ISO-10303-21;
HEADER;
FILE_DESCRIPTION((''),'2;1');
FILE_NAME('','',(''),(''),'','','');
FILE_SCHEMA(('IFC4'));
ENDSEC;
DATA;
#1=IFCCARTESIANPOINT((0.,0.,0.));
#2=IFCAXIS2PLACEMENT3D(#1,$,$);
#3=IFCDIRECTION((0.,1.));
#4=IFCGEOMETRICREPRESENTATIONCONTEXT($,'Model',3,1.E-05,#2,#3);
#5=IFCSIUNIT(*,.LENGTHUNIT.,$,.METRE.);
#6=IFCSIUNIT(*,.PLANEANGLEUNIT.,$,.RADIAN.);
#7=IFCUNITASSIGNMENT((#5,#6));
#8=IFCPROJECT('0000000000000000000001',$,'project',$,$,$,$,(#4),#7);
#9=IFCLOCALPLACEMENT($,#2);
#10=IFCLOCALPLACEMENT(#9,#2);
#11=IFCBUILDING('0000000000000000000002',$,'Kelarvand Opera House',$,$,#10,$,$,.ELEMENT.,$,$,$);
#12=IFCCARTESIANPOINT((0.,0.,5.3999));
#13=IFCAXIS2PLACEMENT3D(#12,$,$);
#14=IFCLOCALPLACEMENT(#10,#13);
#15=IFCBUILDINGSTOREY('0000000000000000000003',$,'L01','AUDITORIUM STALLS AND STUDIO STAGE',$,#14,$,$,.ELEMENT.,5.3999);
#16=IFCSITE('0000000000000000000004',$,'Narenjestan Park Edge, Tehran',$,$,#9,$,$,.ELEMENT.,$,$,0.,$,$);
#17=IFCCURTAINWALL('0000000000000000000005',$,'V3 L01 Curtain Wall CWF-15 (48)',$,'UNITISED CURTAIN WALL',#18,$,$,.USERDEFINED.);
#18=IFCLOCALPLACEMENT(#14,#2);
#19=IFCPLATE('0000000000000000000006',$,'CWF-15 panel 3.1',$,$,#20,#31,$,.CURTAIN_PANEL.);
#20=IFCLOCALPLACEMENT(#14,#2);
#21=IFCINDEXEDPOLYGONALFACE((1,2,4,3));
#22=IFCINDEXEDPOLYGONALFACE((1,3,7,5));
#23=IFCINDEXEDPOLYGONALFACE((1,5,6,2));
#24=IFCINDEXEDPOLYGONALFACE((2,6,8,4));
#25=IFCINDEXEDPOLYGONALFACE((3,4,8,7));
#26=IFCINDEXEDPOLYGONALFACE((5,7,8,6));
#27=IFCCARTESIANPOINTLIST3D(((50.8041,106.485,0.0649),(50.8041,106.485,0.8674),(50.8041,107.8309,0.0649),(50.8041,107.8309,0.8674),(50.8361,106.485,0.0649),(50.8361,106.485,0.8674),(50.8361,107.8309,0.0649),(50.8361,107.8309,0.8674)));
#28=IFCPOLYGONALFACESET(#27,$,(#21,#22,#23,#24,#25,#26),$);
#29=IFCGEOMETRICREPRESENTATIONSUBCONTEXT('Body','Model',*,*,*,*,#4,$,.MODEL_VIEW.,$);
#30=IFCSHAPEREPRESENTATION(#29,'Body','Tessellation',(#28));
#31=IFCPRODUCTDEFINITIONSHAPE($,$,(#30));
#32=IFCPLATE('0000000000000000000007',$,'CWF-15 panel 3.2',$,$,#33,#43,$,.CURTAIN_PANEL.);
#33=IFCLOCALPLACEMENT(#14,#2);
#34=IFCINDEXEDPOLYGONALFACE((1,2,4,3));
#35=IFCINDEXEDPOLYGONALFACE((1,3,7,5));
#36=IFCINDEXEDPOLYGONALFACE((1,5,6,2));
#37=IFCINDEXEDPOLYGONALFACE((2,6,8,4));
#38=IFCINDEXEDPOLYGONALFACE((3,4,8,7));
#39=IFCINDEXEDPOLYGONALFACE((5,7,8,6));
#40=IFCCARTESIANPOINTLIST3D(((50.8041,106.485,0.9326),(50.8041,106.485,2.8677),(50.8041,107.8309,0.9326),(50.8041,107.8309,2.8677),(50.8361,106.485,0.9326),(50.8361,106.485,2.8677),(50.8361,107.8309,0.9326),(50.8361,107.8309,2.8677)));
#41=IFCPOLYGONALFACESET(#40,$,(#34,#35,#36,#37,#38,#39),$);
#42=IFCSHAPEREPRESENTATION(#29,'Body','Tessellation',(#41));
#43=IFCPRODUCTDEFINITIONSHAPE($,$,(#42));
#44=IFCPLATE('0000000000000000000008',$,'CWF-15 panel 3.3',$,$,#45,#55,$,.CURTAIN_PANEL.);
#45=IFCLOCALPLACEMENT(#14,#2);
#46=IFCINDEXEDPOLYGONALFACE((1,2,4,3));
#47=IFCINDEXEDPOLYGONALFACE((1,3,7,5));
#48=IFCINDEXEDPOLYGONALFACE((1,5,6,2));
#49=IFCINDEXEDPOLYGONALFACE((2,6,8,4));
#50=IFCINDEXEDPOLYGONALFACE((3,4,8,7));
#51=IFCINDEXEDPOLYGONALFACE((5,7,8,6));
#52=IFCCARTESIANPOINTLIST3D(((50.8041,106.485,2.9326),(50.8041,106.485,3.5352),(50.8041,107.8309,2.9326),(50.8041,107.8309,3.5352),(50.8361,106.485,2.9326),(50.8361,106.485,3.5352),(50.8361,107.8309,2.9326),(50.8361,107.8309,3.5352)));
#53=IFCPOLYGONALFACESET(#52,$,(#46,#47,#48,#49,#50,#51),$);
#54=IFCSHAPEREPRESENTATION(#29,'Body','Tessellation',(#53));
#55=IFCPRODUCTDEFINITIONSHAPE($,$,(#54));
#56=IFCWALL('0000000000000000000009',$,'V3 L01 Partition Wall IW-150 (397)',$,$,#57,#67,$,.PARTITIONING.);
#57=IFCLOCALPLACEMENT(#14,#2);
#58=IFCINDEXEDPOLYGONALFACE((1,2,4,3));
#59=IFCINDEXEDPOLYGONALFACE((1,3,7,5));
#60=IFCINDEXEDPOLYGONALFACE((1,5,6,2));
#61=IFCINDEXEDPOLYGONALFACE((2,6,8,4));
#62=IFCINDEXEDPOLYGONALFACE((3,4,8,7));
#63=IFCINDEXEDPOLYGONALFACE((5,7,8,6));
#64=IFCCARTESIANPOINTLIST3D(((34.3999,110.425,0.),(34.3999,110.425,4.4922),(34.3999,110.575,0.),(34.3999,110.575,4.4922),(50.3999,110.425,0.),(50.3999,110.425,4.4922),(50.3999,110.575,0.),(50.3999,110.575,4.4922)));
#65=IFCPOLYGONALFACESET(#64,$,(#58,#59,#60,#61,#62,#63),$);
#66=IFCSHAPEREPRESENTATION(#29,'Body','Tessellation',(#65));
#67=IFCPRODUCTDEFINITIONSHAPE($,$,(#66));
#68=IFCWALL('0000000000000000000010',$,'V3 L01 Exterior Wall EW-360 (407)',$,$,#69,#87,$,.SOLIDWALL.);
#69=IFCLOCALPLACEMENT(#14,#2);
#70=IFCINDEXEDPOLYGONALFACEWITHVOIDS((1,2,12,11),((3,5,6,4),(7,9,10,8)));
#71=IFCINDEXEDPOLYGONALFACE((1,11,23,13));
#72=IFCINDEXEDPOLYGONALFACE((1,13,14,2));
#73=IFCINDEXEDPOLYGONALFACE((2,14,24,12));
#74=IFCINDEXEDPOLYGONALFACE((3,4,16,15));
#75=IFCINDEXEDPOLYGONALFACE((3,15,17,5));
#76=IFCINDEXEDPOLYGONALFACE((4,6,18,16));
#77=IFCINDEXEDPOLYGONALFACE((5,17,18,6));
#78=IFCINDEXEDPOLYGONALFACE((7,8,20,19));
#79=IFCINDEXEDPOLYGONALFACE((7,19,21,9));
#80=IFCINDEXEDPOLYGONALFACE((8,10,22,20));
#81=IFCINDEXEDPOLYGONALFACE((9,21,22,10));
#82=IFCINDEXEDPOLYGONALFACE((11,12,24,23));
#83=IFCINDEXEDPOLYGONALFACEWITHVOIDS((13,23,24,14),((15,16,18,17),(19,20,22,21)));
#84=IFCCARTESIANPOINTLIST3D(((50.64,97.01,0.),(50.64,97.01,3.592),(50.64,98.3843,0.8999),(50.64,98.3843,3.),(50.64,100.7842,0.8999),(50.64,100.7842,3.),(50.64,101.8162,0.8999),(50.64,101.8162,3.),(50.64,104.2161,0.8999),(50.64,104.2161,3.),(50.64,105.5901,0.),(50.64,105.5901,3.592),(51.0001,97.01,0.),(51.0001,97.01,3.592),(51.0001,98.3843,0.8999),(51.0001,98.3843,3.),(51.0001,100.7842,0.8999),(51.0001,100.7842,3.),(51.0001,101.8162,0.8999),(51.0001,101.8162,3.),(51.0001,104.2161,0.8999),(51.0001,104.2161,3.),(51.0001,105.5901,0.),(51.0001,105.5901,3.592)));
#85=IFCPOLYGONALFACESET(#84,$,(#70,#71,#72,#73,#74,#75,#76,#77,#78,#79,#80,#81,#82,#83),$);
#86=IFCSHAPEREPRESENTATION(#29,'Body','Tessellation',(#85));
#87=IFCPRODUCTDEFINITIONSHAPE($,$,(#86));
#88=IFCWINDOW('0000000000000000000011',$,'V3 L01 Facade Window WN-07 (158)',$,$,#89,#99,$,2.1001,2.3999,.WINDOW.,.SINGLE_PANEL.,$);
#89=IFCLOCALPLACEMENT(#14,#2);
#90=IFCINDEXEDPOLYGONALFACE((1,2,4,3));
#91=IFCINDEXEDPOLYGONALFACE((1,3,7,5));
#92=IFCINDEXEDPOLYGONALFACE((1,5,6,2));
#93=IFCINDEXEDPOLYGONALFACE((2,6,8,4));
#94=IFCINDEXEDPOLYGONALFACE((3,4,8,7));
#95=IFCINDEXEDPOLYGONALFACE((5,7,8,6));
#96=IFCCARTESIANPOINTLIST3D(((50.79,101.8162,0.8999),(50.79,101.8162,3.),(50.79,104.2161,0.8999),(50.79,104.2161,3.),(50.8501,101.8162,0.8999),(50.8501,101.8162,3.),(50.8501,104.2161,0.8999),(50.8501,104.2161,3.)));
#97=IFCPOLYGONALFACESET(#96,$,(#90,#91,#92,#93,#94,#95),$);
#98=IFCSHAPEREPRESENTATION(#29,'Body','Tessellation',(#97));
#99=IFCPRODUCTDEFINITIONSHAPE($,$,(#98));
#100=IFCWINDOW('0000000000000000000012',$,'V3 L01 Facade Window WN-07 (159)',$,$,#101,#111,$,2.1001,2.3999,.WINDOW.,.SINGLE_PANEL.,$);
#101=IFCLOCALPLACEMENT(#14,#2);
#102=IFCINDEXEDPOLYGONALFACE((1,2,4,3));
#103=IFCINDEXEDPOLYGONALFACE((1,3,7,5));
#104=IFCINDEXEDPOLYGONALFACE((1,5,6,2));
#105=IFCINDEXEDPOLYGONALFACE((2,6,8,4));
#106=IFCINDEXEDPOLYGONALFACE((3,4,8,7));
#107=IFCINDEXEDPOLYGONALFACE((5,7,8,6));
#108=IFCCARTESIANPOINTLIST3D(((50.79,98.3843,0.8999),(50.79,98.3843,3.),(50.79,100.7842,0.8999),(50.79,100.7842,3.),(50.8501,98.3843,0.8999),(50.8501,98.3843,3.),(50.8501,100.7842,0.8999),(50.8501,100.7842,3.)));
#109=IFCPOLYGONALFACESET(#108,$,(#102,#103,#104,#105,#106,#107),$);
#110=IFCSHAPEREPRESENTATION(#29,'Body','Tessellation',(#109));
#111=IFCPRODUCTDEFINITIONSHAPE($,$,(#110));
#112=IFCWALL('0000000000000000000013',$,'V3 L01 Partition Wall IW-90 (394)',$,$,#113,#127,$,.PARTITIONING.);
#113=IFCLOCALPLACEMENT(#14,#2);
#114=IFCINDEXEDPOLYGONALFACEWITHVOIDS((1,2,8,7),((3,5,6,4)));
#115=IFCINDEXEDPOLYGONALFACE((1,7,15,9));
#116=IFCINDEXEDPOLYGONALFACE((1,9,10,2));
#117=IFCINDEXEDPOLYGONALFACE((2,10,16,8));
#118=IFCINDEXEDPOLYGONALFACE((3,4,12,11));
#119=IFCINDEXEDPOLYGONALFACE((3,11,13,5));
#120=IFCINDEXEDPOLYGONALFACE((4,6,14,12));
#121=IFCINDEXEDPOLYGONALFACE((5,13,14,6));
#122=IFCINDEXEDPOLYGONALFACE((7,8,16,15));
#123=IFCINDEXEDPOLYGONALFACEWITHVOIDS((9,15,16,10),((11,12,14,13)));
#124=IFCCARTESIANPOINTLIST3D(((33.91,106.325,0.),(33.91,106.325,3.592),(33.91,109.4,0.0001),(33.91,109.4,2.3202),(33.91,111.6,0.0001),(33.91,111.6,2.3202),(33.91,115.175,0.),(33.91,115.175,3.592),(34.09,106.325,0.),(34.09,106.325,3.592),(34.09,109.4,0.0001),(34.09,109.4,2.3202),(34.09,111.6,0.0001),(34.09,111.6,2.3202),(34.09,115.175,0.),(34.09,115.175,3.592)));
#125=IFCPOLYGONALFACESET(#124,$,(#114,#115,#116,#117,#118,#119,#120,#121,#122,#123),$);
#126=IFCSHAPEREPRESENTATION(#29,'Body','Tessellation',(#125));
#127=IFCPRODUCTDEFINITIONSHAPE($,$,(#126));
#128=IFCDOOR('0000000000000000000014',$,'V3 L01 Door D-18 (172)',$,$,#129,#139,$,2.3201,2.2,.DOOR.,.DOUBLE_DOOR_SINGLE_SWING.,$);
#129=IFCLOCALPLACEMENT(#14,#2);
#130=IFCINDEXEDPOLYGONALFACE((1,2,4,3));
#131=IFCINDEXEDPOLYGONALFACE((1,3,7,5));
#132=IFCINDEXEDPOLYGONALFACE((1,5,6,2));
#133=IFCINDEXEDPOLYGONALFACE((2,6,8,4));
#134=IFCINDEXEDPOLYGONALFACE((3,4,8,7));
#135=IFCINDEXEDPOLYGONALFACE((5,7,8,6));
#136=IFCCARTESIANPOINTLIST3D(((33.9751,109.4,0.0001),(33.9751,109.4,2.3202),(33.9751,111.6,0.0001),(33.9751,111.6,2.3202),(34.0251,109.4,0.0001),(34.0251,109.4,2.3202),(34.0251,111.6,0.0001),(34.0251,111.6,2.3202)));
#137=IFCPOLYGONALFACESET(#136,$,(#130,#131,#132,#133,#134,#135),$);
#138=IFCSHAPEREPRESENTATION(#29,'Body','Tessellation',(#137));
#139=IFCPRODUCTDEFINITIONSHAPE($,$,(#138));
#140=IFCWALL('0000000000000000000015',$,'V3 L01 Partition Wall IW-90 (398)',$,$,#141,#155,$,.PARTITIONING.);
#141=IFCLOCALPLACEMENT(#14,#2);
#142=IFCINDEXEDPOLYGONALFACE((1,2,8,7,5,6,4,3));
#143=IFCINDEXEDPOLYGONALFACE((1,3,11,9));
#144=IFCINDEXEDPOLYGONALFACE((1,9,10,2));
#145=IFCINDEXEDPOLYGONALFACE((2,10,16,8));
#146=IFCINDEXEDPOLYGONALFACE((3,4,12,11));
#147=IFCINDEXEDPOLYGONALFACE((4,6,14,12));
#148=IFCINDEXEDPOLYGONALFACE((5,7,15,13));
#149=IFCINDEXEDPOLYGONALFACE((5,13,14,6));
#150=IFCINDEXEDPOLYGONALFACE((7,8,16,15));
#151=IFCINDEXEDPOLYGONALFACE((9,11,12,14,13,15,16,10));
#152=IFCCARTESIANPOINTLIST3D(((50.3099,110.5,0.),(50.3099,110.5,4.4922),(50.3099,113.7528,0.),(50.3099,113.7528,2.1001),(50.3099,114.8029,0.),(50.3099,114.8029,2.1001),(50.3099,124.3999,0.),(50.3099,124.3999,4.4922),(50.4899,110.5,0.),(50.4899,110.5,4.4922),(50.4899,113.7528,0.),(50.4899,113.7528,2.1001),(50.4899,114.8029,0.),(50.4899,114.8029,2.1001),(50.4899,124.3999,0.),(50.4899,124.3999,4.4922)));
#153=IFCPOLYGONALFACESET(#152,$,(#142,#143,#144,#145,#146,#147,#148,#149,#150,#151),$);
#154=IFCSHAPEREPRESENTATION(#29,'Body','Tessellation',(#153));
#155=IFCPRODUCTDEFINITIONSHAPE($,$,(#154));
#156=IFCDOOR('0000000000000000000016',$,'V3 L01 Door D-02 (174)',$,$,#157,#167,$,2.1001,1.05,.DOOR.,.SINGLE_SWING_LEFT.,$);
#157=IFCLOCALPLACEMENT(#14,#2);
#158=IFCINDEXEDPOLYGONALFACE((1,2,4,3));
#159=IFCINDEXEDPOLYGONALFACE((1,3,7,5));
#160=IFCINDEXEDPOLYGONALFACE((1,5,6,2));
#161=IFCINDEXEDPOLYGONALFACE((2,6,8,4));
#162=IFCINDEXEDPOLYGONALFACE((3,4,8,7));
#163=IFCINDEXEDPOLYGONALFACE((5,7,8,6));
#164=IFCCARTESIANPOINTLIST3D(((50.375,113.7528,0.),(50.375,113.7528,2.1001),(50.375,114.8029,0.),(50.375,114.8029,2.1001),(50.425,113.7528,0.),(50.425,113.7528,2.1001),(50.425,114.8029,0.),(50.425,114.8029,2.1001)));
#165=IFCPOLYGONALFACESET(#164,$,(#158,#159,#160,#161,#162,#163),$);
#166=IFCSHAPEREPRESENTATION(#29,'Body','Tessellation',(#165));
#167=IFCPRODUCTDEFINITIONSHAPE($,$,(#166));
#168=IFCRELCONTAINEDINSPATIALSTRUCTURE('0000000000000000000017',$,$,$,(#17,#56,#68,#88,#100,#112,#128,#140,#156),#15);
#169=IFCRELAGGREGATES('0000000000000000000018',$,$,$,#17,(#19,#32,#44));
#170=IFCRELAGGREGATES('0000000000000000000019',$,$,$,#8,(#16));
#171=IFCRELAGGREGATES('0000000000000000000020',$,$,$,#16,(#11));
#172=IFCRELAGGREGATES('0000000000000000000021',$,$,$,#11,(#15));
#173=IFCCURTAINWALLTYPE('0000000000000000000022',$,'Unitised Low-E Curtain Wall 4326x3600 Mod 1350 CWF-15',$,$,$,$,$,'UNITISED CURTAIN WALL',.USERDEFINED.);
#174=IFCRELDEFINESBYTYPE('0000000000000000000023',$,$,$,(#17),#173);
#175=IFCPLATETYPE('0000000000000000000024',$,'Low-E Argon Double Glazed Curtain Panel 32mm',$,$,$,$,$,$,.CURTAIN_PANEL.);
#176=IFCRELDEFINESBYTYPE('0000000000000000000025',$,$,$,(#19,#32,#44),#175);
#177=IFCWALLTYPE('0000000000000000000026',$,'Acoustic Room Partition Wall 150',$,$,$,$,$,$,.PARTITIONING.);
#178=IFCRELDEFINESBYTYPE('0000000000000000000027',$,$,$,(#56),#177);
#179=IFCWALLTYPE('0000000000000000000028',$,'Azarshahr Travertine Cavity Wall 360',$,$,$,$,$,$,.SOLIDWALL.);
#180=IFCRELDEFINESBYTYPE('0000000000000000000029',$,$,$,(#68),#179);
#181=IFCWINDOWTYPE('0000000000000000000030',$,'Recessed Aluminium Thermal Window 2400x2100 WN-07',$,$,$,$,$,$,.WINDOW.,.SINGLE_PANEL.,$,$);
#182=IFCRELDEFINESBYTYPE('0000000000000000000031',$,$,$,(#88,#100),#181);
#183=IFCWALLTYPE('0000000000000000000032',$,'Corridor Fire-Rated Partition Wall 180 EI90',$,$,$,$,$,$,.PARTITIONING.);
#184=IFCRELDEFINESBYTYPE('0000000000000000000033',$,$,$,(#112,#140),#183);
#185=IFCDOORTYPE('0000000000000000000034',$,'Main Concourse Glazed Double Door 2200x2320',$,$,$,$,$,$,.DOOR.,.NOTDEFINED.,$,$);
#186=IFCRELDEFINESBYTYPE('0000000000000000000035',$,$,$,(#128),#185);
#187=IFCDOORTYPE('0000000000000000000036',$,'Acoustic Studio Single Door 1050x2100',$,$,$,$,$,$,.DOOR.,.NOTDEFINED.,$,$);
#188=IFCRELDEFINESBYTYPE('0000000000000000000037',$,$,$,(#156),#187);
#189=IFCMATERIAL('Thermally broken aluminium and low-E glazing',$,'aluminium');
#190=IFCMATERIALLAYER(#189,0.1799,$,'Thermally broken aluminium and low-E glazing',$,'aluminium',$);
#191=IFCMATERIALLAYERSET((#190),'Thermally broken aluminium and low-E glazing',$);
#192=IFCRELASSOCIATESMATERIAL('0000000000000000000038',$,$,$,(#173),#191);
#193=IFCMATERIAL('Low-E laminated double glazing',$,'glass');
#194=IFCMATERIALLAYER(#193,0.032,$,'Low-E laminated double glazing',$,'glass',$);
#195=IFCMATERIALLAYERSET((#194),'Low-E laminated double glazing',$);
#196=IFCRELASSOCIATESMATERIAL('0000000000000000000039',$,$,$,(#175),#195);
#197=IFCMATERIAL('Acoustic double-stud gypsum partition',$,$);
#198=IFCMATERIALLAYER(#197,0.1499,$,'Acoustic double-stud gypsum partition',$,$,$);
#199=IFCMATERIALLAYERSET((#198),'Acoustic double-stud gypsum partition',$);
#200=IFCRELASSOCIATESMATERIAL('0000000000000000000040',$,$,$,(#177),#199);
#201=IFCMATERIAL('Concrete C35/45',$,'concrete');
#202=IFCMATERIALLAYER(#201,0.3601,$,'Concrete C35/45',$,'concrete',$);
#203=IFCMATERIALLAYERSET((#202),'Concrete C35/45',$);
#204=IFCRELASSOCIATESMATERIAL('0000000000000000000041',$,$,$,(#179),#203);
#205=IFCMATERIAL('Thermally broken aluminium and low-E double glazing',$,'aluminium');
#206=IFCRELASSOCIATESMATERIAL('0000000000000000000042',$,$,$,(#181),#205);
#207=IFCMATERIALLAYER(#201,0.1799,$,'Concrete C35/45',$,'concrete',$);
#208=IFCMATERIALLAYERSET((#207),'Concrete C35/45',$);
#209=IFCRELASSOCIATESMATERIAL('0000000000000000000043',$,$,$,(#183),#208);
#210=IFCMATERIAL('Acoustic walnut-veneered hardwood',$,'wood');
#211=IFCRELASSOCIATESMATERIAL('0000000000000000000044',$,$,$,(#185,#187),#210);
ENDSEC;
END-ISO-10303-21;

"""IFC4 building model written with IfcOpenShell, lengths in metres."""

from ifc_helpers import new_model, si_unit, direction, frame, frame_2d, origin, origin_2d, place, context, subcontext, project, spatial, rectangle, extrude, material, layer, layer_set, type_object, element, fill, aggregate, save


model = new_model("IFC4")

# Units and contexts
model_context = context("Model", 3, precision=1e-05, world=origin(), true_north=direction((0.0, 1.0)))
body_context = subcontext(model_context, "Body", "Model", "MODEL_VIEW")
ifc_project = project(units=[si_unit("LENGTHUNIT", "METRE"), si_unit("PLANEANGLEUNIT", "RADIAN")], contexts=[model_context])

# Site, building, storey
site_placement = place(None, origin())
site = spatial("IfcSite", under=ifc_project, at=site_placement, Name="Narenjestan Park Edge, Tehran", CompositionType="ELEMENT", RefElevation=0.0)
building_placement = place(site_placement, origin())
building = spatial("IfcBuilding", under=site, at=building_placement, Name="Kelarvand Opera House", CompositionType="ELEMENT")
storey_placement = place(building_placement, frame((0.0, 0.0, 5.3999)))
storey = spatial("IfcBuildingStorey", under=building, at=storey_placement, Name="L01", Description="AUDITORIUM STALLS AND STUDIO STAGE", CompositionType="ELEMENT", Elevation=5.3999)

# Curtain wall
ifc_material_1 = material(Name="Thermally broken aluminium and low-E glazing", Category="aluminium")
ifc_layer_1 = layer(ifc_material_1, 0.1799, Name="Thermally broken aluminium and low-E glazing", Category="aluminium")
ifc_layer_set_1 = layer_set([ifc_layer_1], Name="Thermally broken aluminium and low-E glazing")
curtain_wall_type = type_object("IfcCurtainWallType", Name="Unitised Low-E Curtain Wall 4326x3600 Mod 1350 CWF-15", ElementType="UNITISED CURTAIN WALL", PredefinedType="USERDEFINED", material=ifc_layer_set_1)
curtain_wall_placement = place(storey_placement, origin())
curtain_wall = element("IfcCurtainWall", 1, at=curtain_wall_placement, inside=storey, type_object=curtain_wall_type, Name="V3 L01 Curtain Wall CWF-15 (48)", ObjectType="UNITISED CURTAIN WALL", PredefinedType="USERDEFINED")

# Plates
ifc_material_2 = material(Name="Low-E laminated double glazing", Category="glass")
ifc_layer_2 = layer(ifc_material_2, 0.032, Name="Low-E laminated double glazing", Category="glass")
ifc_layer_set_2 = layer_set([ifc_layer_2], Name="Low-E laminated double glazing")
plate_type = type_object("IfcPlateType", Name="Low-E Argon Double Glazed Curtain Panel 32mm", PredefinedType="CURTAIN_PANEL", material=ifc_layer_set_2)
plate_1_placement = place(storey_placement, frame((50.8201, 107.158, 0.0649), z_axis=(0.0, 0.0, 1.0), x_axis=(0.0, -1.0, 0.0)))
plate_1 = element("IfcPlate", 2, at=plate_1_placement, type_object=plate_type, Name="CWF-15 panel 3.1", PredefinedType="CURTAIN_PANEL", context=body_context, shape_type="SweptSolid", body=[
    extrude(rectangle(XDim=1.3459, YDim=0.032, at=origin_2d()), origin(), (0.0, 0.0, 1.0), 0.8025),
])
plate_2_placement = place(storey_placement, frame((50.8201, 107.158, 0.9326), z_axis=(0.0, 0.0, 1.0), x_axis=(0.0, -1.0, 0.0)))
plate_2 = element("IfcPlate", 3, at=plate_2_placement, type_object=plate_type, Name="CWF-15 panel 3.2", PredefinedType="CURTAIN_PANEL", context=body_context, shape_type="SweptSolid", body=[
    extrude(rectangle(XDim=1.3459, YDim=0.032, at=origin_2d()), origin(), (0.0, 0.0, 1.0), 1.9351),
])
plate_3_placement = place(storey_placement, frame((50.8201, 107.158, 2.9326), z_axis=(0.0, 0.0, 1.0), x_axis=(0.0, -1.0, 0.0)))
plate_3 = element("IfcPlate", 4, at=plate_3_placement, type_object=plate_type, Name="CWF-15 panel 3.3", PredefinedType="CURTAIN_PANEL", context=body_context, shape_type="SweptSolid", body=[
    extrude(rectangle(XDim=1.3459, YDim=0.032, at=origin_2d()), origin(), (0.0, 0.0, 1.0), 0.6025),
])
aggregate(curtain_wall, [plate_1, plate_2, plate_3])

# Wall
ifc_material_3 = material(Name="Acoustic double-stud gypsum partition")
ifc_layer_3 = layer(ifc_material_3, 0.1499, Name="Acoustic double-stud gypsum partition")
ifc_layer_set_3 = layer_set([ifc_layer_3], Name="Acoustic double-stud gypsum partition")
wall_type_1 = type_object("IfcWallType", Name="Acoustic Room Partition Wall 150", PredefinedType="PARTITIONING", material=ifc_layer_set_3)
wall_1_placement = place(storey_placement, frame((34.3999, 110.5, 0.0), z_axis=(0.0, 0.0, 1.0), x_axis=(1.0, 0.0, 0.0)))
element("IfcWall", 5, at=wall_1_placement, inside=storey, type_object=wall_type_1, Name="V3 L01 Partition Wall IW-150 (397)", PredefinedType="PARTITIONING", context=body_context, shape_type="SweptSolid", body=[
    extrude(rectangle(XDim=16.0, YDim=0.1499, at=frame_2d((8.0, 0.0))), origin(), (0.0, 0.0, 1.0), 4.4922),
])

# Wall, openings, windows
ifc_material_4 = material(Name="Concrete C35/45", Category="concrete")
ifc_layer_4 = layer(ifc_material_4, 0.3601, Name="Concrete C35/45", Category="concrete")
ifc_layer_set_4 = layer_set([ifc_layer_4], Name="Concrete C35/45")
wall_type_2 = type_object("IfcWallType", Name="Azarshahr Travertine Cavity Wall 360", PredefinedType="SOLIDWALL", material=ifc_layer_set_4)
wall_2_placement = place(storey_placement, frame((50.8201, 105.5901, 0.0), z_axis=(0.0, 0.0, 1.0), x_axis=(0.0, -1.0, 0.0)))
wall_2 = element("IfcWall", 6, at=wall_2_placement, inside=storey, type_object=wall_type_2, Name="V3 L01 Exterior Wall EW-360 (407)", PredefinedType="SOLIDWALL", context=body_context, shape_type="SweptSolid", body=[
    extrude(rectangle(XDim=8.5801, YDim=0.3601, at=frame_2d((4.29, 0.0))), origin(), (0.0, 0.0, 1.0), 3.592),
])
opening_1_placement = place(wall_2_placement, frame((1.374, 0.0, 0.8999)))
opening_1 = element("IfcOpeningElement", 7, at=opening_1_placement, cuts=wall_2, PredefinedType="OPENING", context=body_context, shape_type="SweptSolid", body=[
    extrude(rectangle(XDim=2.3999, YDim=2.1001, at=frame_2d((1.2, 1.05))), frame((0.0, 0.1899, 0.0), z_axis=(0.0, -1.0, 0.0), x_axis=(1.0, 0.0, 0.0)), (0.0, 0.0, 1.0), 0.3801),
])
opening_2_placement = place(wall_2_placement, frame((4.8059, 0.0, 0.8999)))
opening_2 = element("IfcOpeningElement", 8, at=opening_2_placement, cuts=wall_2, PredefinedType="OPENING", context=body_context, shape_type="SweptSolid", body=[
    extrude(rectangle(XDim=2.3999, YDim=2.1001, at=frame_2d((1.2, 1.05))), frame((0.0, 0.1899, 0.0), z_axis=(0.0, -1.0, 0.0), x_axis=(1.0, 0.0, 0.0)), (0.0, 0.0, 1.0), 0.3801),
])
ifc_material_5 = material(Name="Thermally broken aluminium and low-E double glazing", Category="aluminium")
window_type = type_object("IfcWindowType", Name="Recessed Aluminium Thermal Window 2400x2100 WN-07", PartitioningType="SINGLE_PANEL", PredefinedType="WINDOW", material=ifc_material_5)
window_1_placement = place(opening_1_placement, origin())
window_1 = element("IfcWindow", 9, at=window_1_placement, inside=storey, type_object=window_type, Name="V3 L01 Facade Window WN-07 (158)", OverallHeight=2.1001, OverallWidth=2.3999, PartitioningType="SINGLE_PANEL", PredefinedType="WINDOW", context=body_context, shape_type="SweptSolid", body=[
    extrude(rectangle(XDim=2.3999, YDim=2.1001, at=frame_2d((1.2, 1.05))), frame((0.0, 0.03, 0.0), z_axis=(0.0, -1.0, 0.0), x_axis=(1.0, 0.0, 0.0)), (0.0, 0.0, 1.0), 0.0601),
])
fill(opening_1, window_1)
window_2_placement = place(opening_2_placement, origin())
window_2 = element("IfcWindow", 10, at=window_2_placement, inside=storey, type_object=window_type, Name="V3 L01 Facade Window WN-07 (159)", OverallHeight=2.1001, OverallWidth=2.3999, PartitioningType="SINGLE_PANEL", PredefinedType="WINDOW", context=body_context, shape_type="SweptSolid", body=[
    extrude(rectangle(XDim=2.3999, YDim=2.1001, at=frame_2d((1.2, 1.05))), frame((0.0, 0.03, 0.0), z_axis=(0.0, -1.0, 0.0), x_axis=(1.0, 0.0, 0.0)), (0.0, 0.0, 1.0), 0.0601),
])
fill(opening_2, window_2)

# Walls, openings, doors
ifc_layer_5 = layer(ifc_material_4, 0.1799, Name="Concrete C35/45", Category="concrete")
ifc_layer_set_5 = layer_set([ifc_layer_5], Name="Concrete C35/45")
wall_type_3 = type_object("IfcWallType", Name="Corridor Fire-Rated Partition Wall 180 EI90", PredefinedType="PARTITIONING", material=ifc_layer_set_5)
wall_3_placement = place(storey_placement, frame((34.0, 106.325, 0.0), z_axis=(0.0, 0.0, 1.0), x_axis=(0.0, 1.0, 0.0)))
wall_3 = element("IfcWall", 11, at=wall_3_placement, inside=storey, type_object=wall_type_3, Name="V3 L01 Partition Wall IW-90 (394)", PredefinedType="PARTITIONING", context=body_context, shape_type="SweptSolid", body=[
    extrude(rectangle(XDim=8.8501, YDim=0.1799, at=frame_2d((4.425, 0.0))), origin(), (0.0, 0.0, 1.0), 3.592),
])
opening_3_placement = place(wall_3_placement, frame((3.075, 0.0, 0.0)))
opening_3 = element("IfcOpeningElement", 12, at=opening_3_placement, cuts=wall_3, PredefinedType="OPENING", context=body_context, shape_type="SweptSolid", body=[
    extrude(rectangle(XDim=2.2, YDim=2.3201, at=frame_2d((1.1001, 1.1602))), frame((0.0, 0.1001, 0.0), z_axis=(0.0, -1.0, 0.0), x_axis=(1.0, 0.0, 0.0)), (0.0, 0.0, 1.0), 0.2),
])
ifc_material_6 = material(Name="Acoustic walnut-veneered hardwood", Category="wood")
door_type_1 = type_object("IfcDoorType", Name="Main Concourse Glazed Double Door 2200x2320", OperationType="NOTDEFINED", PredefinedType="DOOR", material=ifc_material_6)
door_1_placement = place(opening_3_placement, origin())
door_1 = element("IfcDoor", 13, at=door_1_placement, inside=storey, type_object=door_type_1, Name="V3 L01 Door D-18 (172)", OperationType="DOUBLE_DOOR_SINGLE_SWING", OverallHeight=2.3201, OverallWidth=2.2, PredefinedType="DOOR", context=body_context, shape_type="SweptSolid", body=[
    extrude(rectangle(XDim=2.2, YDim=2.3201, at=frame_2d((1.1001, 1.1602))), frame((0.0, 0.0249, 0.0), z_axis=(0.0, -1.0, 0.0), x_axis=(1.0, 0.0, 0.0)), (0.0, 0.0, 1.0), 0.05),
])
fill(opening_3, door_1)
wall_4_placement = place(storey_placement, frame((50.3999, 110.5, 0.0), z_axis=(0.0, 0.0, 1.0), x_axis=(0.0, 1.0, 0.0)))
wall_4 = element("IfcWall", 14, at=wall_4_placement, inside=storey, type_object=wall_type_3, Name="V3 L01 Partition Wall IW-90 (398)", PredefinedType="PARTITIONING", context=body_context, shape_type="SweptSolid", body=[
    extrude(rectangle(XDim=13.8999, YDim=0.1799, at=frame_2d((6.95, 0.0))), origin(), (0.0, 0.0, 1.0), 4.4922),
])
opening_4_placement = place(wall_4_placement, frame((3.2529, 0.0, 0.0)))
opening_4 = element("IfcOpeningElement", 15, at=opening_4_placement, cuts=wall_4, PredefinedType="OPENING", context=body_context, shape_type="SweptSolid", body=[
    extrude(rectangle(XDim=1.05, YDim=2.1001, at=frame_2d((0.5249, 1.05))), frame((0.0, 0.1001, 0.0), z_axis=(0.0, -1.0, 0.0), x_axis=(1.0, 0.0, 0.0)), (0.0, 0.0, 1.0), 0.2),
])
door_type_2 = type_object("IfcDoorType", Name="Acoustic Studio Single Door 1050x2100", OperationType="NOTDEFINED", PredefinedType="DOOR", material=ifc_material_6)
door_2_placement = place(opening_4_placement, origin())
door_2 = element("IfcDoor", 16, at=door_2_placement, inside=storey, type_object=door_type_2, Name="V3 L01 Door D-02 (174)", OperationType="SINGLE_SWING_LEFT", OverallHeight=2.1001, OverallWidth=1.05, PredefinedType="DOOR", context=body_context, shape_type="SweptSolid", body=[
    extrude(rectangle(XDim=1.05, YDim=2.1001, at=frame_2d((0.5249, 1.05))), frame((0.0, 0.0249, 0.0), z_axis=(0.0, -1.0, 0.0), x_axis=(1.0, 0.0, 0.0)), (0.0, 0.0, 1.0), 0.05),
])
fill(opening_4, door_2)

save(model, "model.ifc")
